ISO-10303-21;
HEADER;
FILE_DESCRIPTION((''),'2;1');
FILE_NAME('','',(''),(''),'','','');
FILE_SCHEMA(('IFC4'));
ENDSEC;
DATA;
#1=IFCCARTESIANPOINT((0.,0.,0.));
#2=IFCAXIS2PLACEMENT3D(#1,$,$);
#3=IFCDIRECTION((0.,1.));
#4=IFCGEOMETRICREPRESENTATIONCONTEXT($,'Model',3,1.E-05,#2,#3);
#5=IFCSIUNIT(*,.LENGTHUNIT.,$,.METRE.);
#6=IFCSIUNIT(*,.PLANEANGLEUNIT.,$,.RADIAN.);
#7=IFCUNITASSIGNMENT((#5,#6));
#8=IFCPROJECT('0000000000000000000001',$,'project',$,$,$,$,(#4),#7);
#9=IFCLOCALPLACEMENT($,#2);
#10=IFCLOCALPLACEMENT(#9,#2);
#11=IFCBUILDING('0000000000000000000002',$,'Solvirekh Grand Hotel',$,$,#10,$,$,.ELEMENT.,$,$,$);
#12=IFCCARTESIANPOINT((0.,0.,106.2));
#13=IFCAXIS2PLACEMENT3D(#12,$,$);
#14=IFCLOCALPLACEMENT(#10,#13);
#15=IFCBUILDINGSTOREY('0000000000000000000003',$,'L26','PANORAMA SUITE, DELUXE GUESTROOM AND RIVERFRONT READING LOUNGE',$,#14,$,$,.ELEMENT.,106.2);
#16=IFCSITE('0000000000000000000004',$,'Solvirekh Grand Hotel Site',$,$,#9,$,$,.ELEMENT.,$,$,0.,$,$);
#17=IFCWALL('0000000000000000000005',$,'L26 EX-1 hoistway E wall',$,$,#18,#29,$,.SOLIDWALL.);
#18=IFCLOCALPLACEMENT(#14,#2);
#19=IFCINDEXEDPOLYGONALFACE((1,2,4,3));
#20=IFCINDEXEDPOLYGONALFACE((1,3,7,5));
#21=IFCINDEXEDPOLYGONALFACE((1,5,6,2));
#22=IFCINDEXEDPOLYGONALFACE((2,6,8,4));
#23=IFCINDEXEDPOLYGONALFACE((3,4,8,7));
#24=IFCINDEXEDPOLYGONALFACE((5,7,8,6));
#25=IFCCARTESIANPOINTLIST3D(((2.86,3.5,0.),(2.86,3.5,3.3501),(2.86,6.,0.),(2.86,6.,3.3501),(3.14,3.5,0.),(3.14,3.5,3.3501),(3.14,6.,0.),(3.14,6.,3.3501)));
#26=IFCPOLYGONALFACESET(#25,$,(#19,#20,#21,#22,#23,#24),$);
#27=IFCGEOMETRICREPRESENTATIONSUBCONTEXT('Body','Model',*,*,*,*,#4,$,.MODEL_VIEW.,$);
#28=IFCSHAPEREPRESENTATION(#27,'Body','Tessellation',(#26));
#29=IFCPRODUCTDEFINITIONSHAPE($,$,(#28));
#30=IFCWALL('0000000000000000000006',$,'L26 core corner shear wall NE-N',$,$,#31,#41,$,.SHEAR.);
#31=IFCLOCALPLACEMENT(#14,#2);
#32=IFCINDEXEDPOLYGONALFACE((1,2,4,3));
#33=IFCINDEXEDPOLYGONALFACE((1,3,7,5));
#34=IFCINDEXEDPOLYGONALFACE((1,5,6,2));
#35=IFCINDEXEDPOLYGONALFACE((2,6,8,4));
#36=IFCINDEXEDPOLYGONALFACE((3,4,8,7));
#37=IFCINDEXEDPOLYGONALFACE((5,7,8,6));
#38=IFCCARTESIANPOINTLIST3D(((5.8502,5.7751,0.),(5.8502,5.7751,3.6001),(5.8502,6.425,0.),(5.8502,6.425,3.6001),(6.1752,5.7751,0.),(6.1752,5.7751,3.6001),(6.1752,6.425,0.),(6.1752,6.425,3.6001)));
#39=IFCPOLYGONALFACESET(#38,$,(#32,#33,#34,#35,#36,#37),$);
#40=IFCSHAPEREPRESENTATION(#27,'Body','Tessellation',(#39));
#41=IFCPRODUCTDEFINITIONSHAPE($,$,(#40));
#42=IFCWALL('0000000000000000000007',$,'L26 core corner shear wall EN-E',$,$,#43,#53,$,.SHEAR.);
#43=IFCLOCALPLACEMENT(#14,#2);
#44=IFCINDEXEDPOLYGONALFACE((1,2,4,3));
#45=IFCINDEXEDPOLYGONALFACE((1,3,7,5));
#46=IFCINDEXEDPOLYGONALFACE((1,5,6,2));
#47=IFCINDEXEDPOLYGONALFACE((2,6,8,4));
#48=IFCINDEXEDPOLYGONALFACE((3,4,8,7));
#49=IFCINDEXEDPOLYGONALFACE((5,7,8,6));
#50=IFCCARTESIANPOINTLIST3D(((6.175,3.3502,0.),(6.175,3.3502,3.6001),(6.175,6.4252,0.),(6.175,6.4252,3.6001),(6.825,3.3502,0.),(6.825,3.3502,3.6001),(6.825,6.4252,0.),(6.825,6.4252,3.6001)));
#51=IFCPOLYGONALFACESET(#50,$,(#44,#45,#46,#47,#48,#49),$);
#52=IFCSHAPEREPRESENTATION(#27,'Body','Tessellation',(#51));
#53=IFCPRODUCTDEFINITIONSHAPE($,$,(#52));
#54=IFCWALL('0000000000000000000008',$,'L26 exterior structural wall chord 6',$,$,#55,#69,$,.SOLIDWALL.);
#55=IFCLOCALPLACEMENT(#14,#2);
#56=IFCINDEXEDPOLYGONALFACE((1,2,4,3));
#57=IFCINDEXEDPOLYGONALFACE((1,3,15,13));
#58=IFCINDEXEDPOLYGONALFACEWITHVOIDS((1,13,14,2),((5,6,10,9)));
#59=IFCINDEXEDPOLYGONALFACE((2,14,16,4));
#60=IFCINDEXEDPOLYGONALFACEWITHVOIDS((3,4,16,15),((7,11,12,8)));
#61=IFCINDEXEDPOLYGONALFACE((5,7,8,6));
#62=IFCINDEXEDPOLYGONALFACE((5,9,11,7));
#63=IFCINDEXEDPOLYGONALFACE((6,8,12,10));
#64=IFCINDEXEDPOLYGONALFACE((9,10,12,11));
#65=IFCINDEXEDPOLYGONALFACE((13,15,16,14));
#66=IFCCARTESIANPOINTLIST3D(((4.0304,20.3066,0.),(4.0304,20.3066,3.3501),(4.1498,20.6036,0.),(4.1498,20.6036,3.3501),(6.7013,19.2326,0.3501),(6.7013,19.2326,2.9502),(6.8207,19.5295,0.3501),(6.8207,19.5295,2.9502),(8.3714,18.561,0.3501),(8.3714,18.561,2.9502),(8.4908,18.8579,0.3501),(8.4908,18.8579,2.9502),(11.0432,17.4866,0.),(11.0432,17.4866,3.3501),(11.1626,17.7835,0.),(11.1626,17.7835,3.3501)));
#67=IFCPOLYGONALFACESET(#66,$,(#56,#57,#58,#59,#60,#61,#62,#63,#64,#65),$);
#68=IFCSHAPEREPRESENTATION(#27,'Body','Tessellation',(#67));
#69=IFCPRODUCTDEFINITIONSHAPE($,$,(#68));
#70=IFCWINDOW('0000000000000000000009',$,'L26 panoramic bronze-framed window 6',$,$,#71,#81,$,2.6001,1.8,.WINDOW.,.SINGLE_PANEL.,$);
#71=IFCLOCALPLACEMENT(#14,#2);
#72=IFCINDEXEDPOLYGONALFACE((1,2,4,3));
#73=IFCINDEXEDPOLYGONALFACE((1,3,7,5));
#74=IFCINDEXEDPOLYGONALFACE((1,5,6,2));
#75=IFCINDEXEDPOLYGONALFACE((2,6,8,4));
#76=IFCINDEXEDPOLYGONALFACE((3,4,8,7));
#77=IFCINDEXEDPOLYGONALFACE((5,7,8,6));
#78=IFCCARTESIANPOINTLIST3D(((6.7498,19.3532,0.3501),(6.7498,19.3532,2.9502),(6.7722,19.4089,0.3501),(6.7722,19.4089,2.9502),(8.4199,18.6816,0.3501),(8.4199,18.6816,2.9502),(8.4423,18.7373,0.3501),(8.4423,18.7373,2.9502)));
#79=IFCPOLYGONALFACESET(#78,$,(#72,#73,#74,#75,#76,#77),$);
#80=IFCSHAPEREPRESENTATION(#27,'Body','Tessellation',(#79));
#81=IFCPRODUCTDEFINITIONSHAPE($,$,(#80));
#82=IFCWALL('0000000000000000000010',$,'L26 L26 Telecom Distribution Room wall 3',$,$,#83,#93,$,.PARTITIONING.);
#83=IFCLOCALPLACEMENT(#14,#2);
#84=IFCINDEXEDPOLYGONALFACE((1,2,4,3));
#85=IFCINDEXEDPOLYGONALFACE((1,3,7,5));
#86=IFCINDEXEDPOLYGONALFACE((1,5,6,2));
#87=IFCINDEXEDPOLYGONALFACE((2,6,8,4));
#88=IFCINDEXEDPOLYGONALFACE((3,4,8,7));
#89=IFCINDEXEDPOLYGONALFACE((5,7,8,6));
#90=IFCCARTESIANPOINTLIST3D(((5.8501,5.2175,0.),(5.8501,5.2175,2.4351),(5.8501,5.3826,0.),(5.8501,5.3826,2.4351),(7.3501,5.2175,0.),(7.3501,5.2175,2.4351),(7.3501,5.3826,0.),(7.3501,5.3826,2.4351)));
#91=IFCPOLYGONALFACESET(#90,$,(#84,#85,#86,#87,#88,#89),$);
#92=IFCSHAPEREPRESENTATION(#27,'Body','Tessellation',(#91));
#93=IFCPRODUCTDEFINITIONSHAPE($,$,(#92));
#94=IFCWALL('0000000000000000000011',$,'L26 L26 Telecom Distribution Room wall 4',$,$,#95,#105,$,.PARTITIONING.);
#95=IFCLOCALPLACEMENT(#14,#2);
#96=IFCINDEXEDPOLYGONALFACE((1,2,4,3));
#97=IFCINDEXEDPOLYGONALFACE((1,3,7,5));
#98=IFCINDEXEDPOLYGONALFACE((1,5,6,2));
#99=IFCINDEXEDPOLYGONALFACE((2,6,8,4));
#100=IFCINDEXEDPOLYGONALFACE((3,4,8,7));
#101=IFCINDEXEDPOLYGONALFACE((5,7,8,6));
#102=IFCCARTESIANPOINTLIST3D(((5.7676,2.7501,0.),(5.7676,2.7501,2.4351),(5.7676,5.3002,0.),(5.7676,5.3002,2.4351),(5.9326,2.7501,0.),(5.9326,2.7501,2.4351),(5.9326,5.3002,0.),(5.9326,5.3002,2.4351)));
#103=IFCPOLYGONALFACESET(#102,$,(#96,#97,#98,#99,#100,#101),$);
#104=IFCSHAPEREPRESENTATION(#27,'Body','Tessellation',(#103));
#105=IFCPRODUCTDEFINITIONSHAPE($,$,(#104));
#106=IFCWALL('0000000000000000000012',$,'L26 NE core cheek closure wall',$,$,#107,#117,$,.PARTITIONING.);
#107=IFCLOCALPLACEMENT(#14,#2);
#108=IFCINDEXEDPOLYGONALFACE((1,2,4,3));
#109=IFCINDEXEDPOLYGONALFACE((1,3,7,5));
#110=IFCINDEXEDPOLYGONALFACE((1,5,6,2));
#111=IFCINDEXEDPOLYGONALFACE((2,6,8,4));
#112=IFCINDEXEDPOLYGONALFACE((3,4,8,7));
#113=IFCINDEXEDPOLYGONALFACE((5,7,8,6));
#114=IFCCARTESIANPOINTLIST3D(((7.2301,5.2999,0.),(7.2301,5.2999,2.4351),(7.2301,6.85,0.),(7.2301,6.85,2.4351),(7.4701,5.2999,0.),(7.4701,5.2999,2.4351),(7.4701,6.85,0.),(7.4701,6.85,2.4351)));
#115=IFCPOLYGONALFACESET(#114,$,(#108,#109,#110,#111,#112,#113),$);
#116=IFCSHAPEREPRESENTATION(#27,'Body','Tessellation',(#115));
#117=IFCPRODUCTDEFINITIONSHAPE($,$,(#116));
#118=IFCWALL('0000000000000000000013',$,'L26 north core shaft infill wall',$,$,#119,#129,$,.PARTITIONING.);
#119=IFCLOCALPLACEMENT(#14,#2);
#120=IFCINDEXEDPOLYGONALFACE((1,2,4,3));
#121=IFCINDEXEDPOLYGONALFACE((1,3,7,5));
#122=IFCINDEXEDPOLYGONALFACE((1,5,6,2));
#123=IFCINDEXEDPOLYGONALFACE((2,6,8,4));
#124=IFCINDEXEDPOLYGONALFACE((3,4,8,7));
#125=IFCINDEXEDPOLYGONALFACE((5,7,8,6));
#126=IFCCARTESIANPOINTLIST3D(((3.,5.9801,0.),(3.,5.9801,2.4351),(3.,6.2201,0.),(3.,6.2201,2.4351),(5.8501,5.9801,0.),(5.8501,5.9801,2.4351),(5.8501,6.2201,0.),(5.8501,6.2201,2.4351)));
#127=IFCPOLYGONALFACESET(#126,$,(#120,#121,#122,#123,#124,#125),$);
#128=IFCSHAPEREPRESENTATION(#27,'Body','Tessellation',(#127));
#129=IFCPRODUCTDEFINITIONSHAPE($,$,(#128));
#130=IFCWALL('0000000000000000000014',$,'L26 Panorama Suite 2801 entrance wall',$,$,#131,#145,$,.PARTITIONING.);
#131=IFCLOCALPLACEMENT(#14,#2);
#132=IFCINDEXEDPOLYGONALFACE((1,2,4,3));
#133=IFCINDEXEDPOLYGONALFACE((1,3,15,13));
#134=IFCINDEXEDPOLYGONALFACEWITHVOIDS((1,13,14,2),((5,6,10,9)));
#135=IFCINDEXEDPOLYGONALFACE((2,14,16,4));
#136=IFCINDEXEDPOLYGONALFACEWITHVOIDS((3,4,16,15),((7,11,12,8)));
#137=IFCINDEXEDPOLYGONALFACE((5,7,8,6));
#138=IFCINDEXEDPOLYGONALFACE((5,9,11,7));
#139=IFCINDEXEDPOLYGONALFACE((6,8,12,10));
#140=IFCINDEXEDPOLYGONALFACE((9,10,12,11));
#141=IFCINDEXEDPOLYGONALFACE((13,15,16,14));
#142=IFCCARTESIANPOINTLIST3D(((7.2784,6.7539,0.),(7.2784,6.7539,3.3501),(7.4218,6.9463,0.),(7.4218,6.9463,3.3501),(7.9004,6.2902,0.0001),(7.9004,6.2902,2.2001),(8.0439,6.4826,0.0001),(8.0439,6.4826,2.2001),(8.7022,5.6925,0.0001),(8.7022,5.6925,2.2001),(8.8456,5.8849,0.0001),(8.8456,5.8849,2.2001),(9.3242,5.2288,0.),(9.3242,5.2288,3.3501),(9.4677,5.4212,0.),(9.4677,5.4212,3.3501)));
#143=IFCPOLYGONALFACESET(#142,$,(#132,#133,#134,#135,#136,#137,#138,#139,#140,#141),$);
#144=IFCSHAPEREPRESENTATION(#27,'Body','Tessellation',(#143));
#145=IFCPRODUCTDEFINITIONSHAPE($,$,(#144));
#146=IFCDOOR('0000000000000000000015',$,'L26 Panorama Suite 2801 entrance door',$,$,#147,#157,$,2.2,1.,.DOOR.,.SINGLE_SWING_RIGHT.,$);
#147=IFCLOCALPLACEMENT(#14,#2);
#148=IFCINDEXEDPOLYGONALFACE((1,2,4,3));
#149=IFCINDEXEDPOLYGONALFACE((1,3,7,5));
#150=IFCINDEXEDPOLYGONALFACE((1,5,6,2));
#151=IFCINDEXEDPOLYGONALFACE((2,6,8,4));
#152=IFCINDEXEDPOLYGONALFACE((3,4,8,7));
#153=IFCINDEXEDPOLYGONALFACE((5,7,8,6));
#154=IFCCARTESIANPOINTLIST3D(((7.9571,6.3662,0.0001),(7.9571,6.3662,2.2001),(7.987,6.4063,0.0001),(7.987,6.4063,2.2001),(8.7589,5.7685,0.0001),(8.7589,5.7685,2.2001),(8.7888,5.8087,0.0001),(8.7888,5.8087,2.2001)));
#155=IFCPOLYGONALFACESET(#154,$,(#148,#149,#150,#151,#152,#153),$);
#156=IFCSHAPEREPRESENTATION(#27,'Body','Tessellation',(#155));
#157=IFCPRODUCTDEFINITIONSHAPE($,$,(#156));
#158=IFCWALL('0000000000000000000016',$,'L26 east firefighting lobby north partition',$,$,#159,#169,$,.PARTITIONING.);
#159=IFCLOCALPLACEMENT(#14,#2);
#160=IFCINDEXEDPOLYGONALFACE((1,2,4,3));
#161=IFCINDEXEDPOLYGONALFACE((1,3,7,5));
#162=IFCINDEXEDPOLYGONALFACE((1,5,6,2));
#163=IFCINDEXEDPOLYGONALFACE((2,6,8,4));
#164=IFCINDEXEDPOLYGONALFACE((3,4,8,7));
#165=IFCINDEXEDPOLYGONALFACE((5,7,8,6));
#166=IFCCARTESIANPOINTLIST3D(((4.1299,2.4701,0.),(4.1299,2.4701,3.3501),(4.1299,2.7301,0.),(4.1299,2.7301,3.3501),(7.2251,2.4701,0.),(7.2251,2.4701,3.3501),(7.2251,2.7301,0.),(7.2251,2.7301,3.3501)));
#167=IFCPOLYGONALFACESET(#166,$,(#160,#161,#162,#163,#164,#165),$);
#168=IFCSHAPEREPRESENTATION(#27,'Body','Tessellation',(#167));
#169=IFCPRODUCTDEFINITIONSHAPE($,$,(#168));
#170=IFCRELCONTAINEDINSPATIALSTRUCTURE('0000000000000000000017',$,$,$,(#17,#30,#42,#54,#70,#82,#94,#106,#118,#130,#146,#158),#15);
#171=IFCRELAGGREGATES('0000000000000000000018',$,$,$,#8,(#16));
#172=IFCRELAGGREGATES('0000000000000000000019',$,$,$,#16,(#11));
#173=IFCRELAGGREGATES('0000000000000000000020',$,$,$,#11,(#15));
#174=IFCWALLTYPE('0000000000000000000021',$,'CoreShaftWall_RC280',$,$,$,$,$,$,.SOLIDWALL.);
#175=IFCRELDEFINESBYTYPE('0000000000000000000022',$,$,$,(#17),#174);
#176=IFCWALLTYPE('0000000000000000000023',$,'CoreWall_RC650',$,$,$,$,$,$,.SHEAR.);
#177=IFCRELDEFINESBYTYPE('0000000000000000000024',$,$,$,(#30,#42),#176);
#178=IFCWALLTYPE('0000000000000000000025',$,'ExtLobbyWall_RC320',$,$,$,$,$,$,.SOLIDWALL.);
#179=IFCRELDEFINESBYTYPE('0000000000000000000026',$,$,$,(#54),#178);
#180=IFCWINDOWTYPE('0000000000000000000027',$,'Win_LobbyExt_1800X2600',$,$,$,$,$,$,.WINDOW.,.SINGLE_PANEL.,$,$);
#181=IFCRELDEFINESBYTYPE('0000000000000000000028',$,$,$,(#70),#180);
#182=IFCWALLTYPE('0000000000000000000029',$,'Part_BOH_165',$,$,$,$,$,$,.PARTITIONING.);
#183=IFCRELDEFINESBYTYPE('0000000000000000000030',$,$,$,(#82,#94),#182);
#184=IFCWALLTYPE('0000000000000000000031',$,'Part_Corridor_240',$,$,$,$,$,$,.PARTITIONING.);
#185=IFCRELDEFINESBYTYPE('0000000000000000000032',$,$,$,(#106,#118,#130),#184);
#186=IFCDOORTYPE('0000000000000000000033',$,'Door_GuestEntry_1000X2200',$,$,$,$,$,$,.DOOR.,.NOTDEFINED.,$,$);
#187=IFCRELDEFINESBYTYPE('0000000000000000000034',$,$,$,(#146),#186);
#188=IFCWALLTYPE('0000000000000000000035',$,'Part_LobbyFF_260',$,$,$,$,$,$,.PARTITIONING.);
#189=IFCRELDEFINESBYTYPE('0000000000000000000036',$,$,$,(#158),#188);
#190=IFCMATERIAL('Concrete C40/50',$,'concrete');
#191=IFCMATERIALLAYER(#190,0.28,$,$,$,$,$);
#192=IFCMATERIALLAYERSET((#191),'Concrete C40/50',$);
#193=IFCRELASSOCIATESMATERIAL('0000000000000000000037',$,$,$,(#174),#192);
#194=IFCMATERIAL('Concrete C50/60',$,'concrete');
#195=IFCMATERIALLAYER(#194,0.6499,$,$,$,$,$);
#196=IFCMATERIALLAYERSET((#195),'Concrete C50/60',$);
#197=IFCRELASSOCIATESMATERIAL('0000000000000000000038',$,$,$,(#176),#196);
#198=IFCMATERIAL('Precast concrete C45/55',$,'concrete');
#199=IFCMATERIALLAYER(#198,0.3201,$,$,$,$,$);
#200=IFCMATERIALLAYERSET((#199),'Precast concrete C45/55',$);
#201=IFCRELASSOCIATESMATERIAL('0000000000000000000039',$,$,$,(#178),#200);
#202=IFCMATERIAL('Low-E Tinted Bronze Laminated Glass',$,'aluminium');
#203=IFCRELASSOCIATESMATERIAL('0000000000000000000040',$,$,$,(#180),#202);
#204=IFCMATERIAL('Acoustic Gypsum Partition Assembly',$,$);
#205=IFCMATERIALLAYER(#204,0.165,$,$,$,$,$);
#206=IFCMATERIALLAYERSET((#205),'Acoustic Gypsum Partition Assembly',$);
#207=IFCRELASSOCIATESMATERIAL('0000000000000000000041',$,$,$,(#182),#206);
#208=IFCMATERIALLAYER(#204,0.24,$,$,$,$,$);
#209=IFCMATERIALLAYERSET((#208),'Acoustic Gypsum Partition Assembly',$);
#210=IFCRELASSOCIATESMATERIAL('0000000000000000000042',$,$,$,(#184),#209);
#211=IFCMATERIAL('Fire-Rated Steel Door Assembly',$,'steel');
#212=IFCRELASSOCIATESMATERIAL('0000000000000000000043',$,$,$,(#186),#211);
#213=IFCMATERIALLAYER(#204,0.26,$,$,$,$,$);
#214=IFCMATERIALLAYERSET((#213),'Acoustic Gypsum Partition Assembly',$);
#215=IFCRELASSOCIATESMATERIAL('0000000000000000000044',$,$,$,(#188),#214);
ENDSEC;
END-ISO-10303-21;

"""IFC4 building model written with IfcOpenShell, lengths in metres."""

from ifc_helpers import new_model, si_unit, direction, frame, frame_2d, origin, place, context, subcontext, project, spatial, rectangle, extrude, material, layer, layer_set, type_object, element, fill, save


model = new_model("IFC4")

# Units and contexts
model_context = context("Model", 3, precision=1e-05, world=origin(), true_north=direction((0.0, 1.0)))
body_context = subcontext(model_context, "Body", "Model", "MODEL_VIEW")
ifc_project = project(units=[si_unit("LENGTHUNIT", "METRE"), si_unit("PLANEANGLEUNIT", "RADIAN")], contexts=[model_context])

# Site, building, storey
site_placement = place(None, origin())
site = spatial("IfcSite", under=ifc_project, at=site_placement, Name="Solvirekh Grand Hotel Site", CompositionType="ELEMENT", RefElevation=0.0)
building_placement = place(site_placement, origin())
building = spatial("IfcBuilding", under=site, at=building_placement, Name="Solvirekh Grand Hotel", CompositionType="ELEMENT")
storey_placement = place(building_placement, frame((0.0, 0.0, 106.2)))
storey = spatial("IfcBuildingStorey", under=building, at=storey_placement, Name="L26", Description="PANORAMA SUITE, DELUXE GUESTROOM AND RIVERFRONT READING LOUNGE", CompositionType="ELEMENT", Elevation=106.2)

# Shared definitions
ifc_material_1 = material(Name="Concrete C50/60", Category="concrete")

# Walls
ifc_material_2 = material(Name="Concrete C40/50", Category="concrete")
ifc_layer_1 = layer(ifc_material_2, 0.28)
ifc_layer_set_1 = layer_set([ifc_layer_1], Name="Concrete C40/50")
wall_type_1 = type_object("IfcWallType", Name="CoreShaftWall_RC280", PredefinedType="SOLIDWALL", material=ifc_layer_set_1)
wall_1_placement = place(storey_placement, frame((3.0, 3.5, 0.0), z_axis=(0.0, 0.0, 1.0), x_axis=(0.0, 1.0, 0.0)))
element("IfcWall", 1, at=wall_1_placement, inside=storey, type_object=wall_type_1, Name="L26 EX-1 hoistway E wall", PredefinedType="SOLIDWALL", context=body_context, shape_type="SweptSolid", body=[
    extrude(rectangle(XDim=2.5, YDim=0.28, at=frame_2d((1.25, 0.0))), origin(), (0.0, 0.0, 1.0), 3.3501),
])
ifc_layer_2 = layer(ifc_material_1, 0.6499)
ifc_layer_set_2 = layer_set([ifc_layer_2], Name="Concrete C50/60")
wall_type_2 = type_object("IfcWallType", Name="CoreWall_RC650", PredefinedType="SHEAR", material=ifc_layer_set_2)
wall_2_placement = place(storey_placement, frame((5.8501, 6.1001, 0.0), z_axis=(0.0, 0.0, 1.0), x_axis=(1.0, 0.0, 0.0)))
element("IfcWall", 2, at=wall_2_placement, inside=storey, type_object=wall_type_2, Name="L26 core corner shear wall NE-N", PredefinedType="SHEAR", context=body_context, shape_type="SweptSolid", body=[
    extrude(rectangle(XDim=0.325, YDim=0.6499, at=frame_2d((0.1626, 0.0))), origin(), (0.0, 0.0, 1.0), 3.6001),
])
wall_3_placement = place(storey_placement, frame((6.5, 3.3501, 0.0), z_axis=(0.0, 0.0, 1.0), x_axis=(0.0, 1.0, 0.0)))
element("IfcWall", 3, at=wall_3_placement, inside=storey, type_object=wall_type_2, Name="L26 core corner shear wall EN-E", PredefinedType="SHEAR", context=body_context, shape_type="SweptSolid", body=[
    extrude(rectangle(XDim=3.075, YDim=0.6499, at=frame_2d((1.5376, 0.0))), origin(), (0.0, 0.0, 1.0), 3.6001),
])

# Wall, opening, window
ifc_material_3 = material(Name="Precast concrete C45/55", Category="concrete")
ifc_layer_3 = layer(ifc_material_3, 0.3201)
ifc_layer_set_3 = layer_set([ifc_layer_3], Name="Precast concrete C45/55")
wall_type_3 = type_object("IfcWallType", Name="ExtLobbyWall_RC320", PredefinedType="SOLIDWALL", material=ifc_layer_set_3)
wall_4_placement = place(storey_placement, frame((4.0901, 20.4551, 0.0), z_axis=(0.0, 0.0, 1.0), x_axis=(0.927796, -0.373089, 0.0)))
wall_4 = element("IfcWall", 4, at=wall_4_placement, inside=storey, type_object=wall_type_3, Name="L26 exterior structural wall chord 6", PredefinedType="SOLIDWALL", context=body_context, shape_type="SweptSolid", body=[
    extrude(rectangle(XDim=7.5586, YDim=0.3201, at=frame_2d((3.7793, 0.0))), origin(), (0.0, 0.0, 1.0), 3.3501),
])
opening_1_placement = place(wall_4_placement, frame((2.8789, 0.0, 0.3501)))
opening_1 = element("IfcOpeningElement", 5, at=opening_1_placement, cuts=wall_4, PredefinedType="OPENING", context=body_context, shape_type="SweptSolid", body=[
    extrude(rectangle(XDim=1.8, YDim=2.6001, at=frame_2d((0.8999, 1.3))), frame((0.0, 0.1699, 0.0), z_axis=(0.0, -1.0, 0.0), x_axis=(1.0, 0.0, 0.0)), (0.0, 0.0, 1.0), 0.3401),
])
ifc_material_4 = material(Name="Low-E Tinted Bronze Laminated Glass", Category="aluminium")
window_type = type_object("IfcWindowType", Name="Win_LobbyExt_1800X2600", PartitioningType="SINGLE_PANEL", PredefinedType="WINDOW", material=ifc_material_4)
window_placement = place(opening_1_placement, origin())
window = element("IfcWindow", 6, at=window_placement, inside=storey, type_object=window_type, Name="L26 panoramic bronze-framed window 6", OverallHeight=2.6001, OverallWidth=1.8, PartitioningType="SINGLE_PANEL", PredefinedType="WINDOW", context=body_context, shape_type="SweptSolid", body=[
    extrude(rectangle(XDim=1.8, YDim=2.6001, at=frame_2d((0.8999, 1.3))), frame((0.0, 0.03, 0.0), z_axis=(0.0, -1.0, 0.0), x_axis=(1.0, 0.0, 0.0)), (0.0, 0.0, 1.0), 0.0601),
])
fill(opening_1, window)

# Shared definitions
ifc_material_5 = material(Name="Acoustic Gypsum Partition Assembly")
ifc_layer_4 = layer(ifc_material_5, 0.165)
ifc_layer_set_4 = layer_set([ifc_layer_4], Name="Acoustic Gypsum Partition Assembly")
wall_type_4 = type_object("IfcWallType", Name="Part_BOH_165", PredefinedType="PARTITIONING", material=ifc_layer_set_4)
ifc_material_6 = material(Name="Fire-Rated Steel Door Assembly", Category="steel")

# Walls
wall_5_placement = place(storey_placement, frame((7.3501, 5.3, 0.0), z_axis=(0.0, 0.0, 1.0), x_axis=(-1.0, 0.0, 0.0)))
element("IfcWall", 7, at=wall_5_placement, inside=storey, type_object=wall_type_4, Name="L26 L26 Telecom Distribution Room wall 3", PredefinedType="PARTITIONING", context=body_context, shape_type="SweptSolid", body=[
    extrude(rectangle(XDim=1.5, YDim=0.165, at=frame_2d((0.75, 0.0))), origin(), (0.0, 0.0, 1.0), 2.4351),
])
wall_6_placement = place(storey_placement, frame((5.8501, 5.3, 0.0), z_axis=(0.0, 0.0, 1.0), x_axis=(0.0, -1.0, 0.0)))
element("IfcWall", 8, at=wall_6_placement, inside=storey, type_object=wall_type_4, Name="L26 L26 Telecom Distribution Room wall 4", PredefinedType="PARTITIONING", context=body_context, shape_type="SweptSolid", body=[
    extrude(rectangle(XDim=2.55, YDim=0.165, at=frame_2d((1.2749, 0.0))), origin(), (0.0, 0.0, 1.0), 2.4351),
])
ifc_layer_5 = layer(ifc_material_5, 0.24)
ifc_layer_set_5 = layer_set([ifc_layer_5], Name="Acoustic Gypsum Partition Assembly")
wall_type_5 = type_object("IfcWallType", Name="Part_Corridor_240", PredefinedType="PARTITIONING", material=ifc_layer_set_5)
wall_7_placement = place(storey_placement, frame((7.3501, 5.3, 0.0), z_axis=(0.0, 0.0, 1.0), x_axis=(0.0, 1.0, 0.0)))
element("IfcWall", 9, at=wall_7_placement, inside=storey, type_object=wall_type_5, Name="L26 NE core cheek closure wall", PredefinedType="PARTITIONING", context=body_context, shape_type="SweptSolid", body=[
    extrude(rectangle(XDim=1.55, YDim=0.24, at=frame_2d((0.7749, 0.0))), origin(), (0.0, 0.0, 1.0), 2.4351),
])
wall_8_placement = place(storey_placement, frame((3.0, 6.1001, 0.0), z_axis=(0.0, 0.0, 1.0), x_axis=(1.0, 0.0, 0.0)))
element("IfcWall", 10, at=wall_8_placement, inside=storey, type_object=wall_type_5, Name="L26 north core shaft infill wall", PredefinedType="PARTITIONING", context=body_context, shape_type="SweptSolid", body=[
    extrude(rectangle(XDim=2.8501, YDim=0.24, at=frame_2d((1.425, 0.0))), origin(), (0.0, 0.0, 1.0), 2.4351),
])

# Wall, opening, door
wall_9_placement = place(storey_placement, frame((7.3501, 6.8501, 0.0), z_axis=(0.0, 0.0, 1.0), x_axis=(0.801742, -0.597671, 0.0)))
wall_9 = element("IfcWall", 11, at=wall_9_placement, inside=storey, type_object=wall_type_5, Name="L26 Panorama Suite 2801 entrance wall", PredefinedType="PARTITIONING", context=body_context, shape_type="SweptSolid", body=[
    extrude(rectangle(XDim=2.5518, YDim=0.24, at=frame_2d((1.2759, 0.0))), origin(), (0.0, 0.0, 1.0), 3.3501),
])
opening_2_placement = place(wall_9_placement, frame((0.7759, 0.0, 0.0)))
opening_2 = element("IfcOpeningElement", 12, at=opening_2_placement, cuts=wall_9, PredefinedType="OPENING", context=body_context, shape_type="SweptSolid", body=[
    extrude(rectangle(XDim=1.0, YDim=2.2, at=frame_2d((0.5, 1.1001))), frame((0.0, 0.1299, 0.0), z_axis=(0.0, -1.0, 0.0), x_axis=(1.0, 0.0, 0.0)), (0.0, 0.0, 1.0), 0.26),
])
door_type_1 = type_object("IfcDoorType", Name="Door_GuestEntry_1000X2200", OperationType="NOTDEFINED", PredefinedType="DOOR", material=ifc_material_6)
door_1_placement = place(opening_2_placement, origin())
door_1 = element("IfcDoor", 13, at=door_1_placement, inside=storey, type_object=door_type_1, Name="L26 Panorama Suite 2801 entrance door", OperationType="SINGLE_SWING_RIGHT", OverallHeight=2.2, OverallWidth=1.0, PredefinedType="DOOR", context=body_context, shape_type="SweptSolid", body=[
    extrude(rectangle(XDim=1.0, YDim=2.2, at=frame_2d((0.5, 1.1001))), frame((0.0, 0.0249, 0.0), z_axis=(0.0, -1.0, 0.0), x_axis=(1.0, 0.0, 0.0)), (0.0, 0.0, 1.0), 0.05),
])
fill(opening_2, door_1)

# Wall
ifc_layer_6 = layer(ifc_material_5, 0.26)
ifc_layer_set_6 = layer_set([ifc_layer_6], Name="Acoustic Gypsum Partition Assembly")
wall_type_6 = type_object("IfcWallType", Name="Part_LobbyFF_260", PredefinedType="PARTITIONING", material=ifc_layer_set_6)
wall_10_placement = place(storey_placement, frame((4.1299, 2.6001, 0.0), z_axis=(0.0, 0.0, 1.0), x_axis=(1.0, 0.0, 0.0)))
element("IfcWall", 14, at=wall_10_placement, inside=storey, type_object=wall_type_6, Name="L26 east firefighting lobby north partition", PredefinedType="PARTITIONING", context=body_context, shape_type="SweptSolid", body=[
    extrude(rectangle(XDim=3.0952, YDim=0.26, at=frame_2d((1.5476, 0.0))), origin(), (0.0, 0.0, 1.0), 3.3501),
])

save(model, "model.ifc")
